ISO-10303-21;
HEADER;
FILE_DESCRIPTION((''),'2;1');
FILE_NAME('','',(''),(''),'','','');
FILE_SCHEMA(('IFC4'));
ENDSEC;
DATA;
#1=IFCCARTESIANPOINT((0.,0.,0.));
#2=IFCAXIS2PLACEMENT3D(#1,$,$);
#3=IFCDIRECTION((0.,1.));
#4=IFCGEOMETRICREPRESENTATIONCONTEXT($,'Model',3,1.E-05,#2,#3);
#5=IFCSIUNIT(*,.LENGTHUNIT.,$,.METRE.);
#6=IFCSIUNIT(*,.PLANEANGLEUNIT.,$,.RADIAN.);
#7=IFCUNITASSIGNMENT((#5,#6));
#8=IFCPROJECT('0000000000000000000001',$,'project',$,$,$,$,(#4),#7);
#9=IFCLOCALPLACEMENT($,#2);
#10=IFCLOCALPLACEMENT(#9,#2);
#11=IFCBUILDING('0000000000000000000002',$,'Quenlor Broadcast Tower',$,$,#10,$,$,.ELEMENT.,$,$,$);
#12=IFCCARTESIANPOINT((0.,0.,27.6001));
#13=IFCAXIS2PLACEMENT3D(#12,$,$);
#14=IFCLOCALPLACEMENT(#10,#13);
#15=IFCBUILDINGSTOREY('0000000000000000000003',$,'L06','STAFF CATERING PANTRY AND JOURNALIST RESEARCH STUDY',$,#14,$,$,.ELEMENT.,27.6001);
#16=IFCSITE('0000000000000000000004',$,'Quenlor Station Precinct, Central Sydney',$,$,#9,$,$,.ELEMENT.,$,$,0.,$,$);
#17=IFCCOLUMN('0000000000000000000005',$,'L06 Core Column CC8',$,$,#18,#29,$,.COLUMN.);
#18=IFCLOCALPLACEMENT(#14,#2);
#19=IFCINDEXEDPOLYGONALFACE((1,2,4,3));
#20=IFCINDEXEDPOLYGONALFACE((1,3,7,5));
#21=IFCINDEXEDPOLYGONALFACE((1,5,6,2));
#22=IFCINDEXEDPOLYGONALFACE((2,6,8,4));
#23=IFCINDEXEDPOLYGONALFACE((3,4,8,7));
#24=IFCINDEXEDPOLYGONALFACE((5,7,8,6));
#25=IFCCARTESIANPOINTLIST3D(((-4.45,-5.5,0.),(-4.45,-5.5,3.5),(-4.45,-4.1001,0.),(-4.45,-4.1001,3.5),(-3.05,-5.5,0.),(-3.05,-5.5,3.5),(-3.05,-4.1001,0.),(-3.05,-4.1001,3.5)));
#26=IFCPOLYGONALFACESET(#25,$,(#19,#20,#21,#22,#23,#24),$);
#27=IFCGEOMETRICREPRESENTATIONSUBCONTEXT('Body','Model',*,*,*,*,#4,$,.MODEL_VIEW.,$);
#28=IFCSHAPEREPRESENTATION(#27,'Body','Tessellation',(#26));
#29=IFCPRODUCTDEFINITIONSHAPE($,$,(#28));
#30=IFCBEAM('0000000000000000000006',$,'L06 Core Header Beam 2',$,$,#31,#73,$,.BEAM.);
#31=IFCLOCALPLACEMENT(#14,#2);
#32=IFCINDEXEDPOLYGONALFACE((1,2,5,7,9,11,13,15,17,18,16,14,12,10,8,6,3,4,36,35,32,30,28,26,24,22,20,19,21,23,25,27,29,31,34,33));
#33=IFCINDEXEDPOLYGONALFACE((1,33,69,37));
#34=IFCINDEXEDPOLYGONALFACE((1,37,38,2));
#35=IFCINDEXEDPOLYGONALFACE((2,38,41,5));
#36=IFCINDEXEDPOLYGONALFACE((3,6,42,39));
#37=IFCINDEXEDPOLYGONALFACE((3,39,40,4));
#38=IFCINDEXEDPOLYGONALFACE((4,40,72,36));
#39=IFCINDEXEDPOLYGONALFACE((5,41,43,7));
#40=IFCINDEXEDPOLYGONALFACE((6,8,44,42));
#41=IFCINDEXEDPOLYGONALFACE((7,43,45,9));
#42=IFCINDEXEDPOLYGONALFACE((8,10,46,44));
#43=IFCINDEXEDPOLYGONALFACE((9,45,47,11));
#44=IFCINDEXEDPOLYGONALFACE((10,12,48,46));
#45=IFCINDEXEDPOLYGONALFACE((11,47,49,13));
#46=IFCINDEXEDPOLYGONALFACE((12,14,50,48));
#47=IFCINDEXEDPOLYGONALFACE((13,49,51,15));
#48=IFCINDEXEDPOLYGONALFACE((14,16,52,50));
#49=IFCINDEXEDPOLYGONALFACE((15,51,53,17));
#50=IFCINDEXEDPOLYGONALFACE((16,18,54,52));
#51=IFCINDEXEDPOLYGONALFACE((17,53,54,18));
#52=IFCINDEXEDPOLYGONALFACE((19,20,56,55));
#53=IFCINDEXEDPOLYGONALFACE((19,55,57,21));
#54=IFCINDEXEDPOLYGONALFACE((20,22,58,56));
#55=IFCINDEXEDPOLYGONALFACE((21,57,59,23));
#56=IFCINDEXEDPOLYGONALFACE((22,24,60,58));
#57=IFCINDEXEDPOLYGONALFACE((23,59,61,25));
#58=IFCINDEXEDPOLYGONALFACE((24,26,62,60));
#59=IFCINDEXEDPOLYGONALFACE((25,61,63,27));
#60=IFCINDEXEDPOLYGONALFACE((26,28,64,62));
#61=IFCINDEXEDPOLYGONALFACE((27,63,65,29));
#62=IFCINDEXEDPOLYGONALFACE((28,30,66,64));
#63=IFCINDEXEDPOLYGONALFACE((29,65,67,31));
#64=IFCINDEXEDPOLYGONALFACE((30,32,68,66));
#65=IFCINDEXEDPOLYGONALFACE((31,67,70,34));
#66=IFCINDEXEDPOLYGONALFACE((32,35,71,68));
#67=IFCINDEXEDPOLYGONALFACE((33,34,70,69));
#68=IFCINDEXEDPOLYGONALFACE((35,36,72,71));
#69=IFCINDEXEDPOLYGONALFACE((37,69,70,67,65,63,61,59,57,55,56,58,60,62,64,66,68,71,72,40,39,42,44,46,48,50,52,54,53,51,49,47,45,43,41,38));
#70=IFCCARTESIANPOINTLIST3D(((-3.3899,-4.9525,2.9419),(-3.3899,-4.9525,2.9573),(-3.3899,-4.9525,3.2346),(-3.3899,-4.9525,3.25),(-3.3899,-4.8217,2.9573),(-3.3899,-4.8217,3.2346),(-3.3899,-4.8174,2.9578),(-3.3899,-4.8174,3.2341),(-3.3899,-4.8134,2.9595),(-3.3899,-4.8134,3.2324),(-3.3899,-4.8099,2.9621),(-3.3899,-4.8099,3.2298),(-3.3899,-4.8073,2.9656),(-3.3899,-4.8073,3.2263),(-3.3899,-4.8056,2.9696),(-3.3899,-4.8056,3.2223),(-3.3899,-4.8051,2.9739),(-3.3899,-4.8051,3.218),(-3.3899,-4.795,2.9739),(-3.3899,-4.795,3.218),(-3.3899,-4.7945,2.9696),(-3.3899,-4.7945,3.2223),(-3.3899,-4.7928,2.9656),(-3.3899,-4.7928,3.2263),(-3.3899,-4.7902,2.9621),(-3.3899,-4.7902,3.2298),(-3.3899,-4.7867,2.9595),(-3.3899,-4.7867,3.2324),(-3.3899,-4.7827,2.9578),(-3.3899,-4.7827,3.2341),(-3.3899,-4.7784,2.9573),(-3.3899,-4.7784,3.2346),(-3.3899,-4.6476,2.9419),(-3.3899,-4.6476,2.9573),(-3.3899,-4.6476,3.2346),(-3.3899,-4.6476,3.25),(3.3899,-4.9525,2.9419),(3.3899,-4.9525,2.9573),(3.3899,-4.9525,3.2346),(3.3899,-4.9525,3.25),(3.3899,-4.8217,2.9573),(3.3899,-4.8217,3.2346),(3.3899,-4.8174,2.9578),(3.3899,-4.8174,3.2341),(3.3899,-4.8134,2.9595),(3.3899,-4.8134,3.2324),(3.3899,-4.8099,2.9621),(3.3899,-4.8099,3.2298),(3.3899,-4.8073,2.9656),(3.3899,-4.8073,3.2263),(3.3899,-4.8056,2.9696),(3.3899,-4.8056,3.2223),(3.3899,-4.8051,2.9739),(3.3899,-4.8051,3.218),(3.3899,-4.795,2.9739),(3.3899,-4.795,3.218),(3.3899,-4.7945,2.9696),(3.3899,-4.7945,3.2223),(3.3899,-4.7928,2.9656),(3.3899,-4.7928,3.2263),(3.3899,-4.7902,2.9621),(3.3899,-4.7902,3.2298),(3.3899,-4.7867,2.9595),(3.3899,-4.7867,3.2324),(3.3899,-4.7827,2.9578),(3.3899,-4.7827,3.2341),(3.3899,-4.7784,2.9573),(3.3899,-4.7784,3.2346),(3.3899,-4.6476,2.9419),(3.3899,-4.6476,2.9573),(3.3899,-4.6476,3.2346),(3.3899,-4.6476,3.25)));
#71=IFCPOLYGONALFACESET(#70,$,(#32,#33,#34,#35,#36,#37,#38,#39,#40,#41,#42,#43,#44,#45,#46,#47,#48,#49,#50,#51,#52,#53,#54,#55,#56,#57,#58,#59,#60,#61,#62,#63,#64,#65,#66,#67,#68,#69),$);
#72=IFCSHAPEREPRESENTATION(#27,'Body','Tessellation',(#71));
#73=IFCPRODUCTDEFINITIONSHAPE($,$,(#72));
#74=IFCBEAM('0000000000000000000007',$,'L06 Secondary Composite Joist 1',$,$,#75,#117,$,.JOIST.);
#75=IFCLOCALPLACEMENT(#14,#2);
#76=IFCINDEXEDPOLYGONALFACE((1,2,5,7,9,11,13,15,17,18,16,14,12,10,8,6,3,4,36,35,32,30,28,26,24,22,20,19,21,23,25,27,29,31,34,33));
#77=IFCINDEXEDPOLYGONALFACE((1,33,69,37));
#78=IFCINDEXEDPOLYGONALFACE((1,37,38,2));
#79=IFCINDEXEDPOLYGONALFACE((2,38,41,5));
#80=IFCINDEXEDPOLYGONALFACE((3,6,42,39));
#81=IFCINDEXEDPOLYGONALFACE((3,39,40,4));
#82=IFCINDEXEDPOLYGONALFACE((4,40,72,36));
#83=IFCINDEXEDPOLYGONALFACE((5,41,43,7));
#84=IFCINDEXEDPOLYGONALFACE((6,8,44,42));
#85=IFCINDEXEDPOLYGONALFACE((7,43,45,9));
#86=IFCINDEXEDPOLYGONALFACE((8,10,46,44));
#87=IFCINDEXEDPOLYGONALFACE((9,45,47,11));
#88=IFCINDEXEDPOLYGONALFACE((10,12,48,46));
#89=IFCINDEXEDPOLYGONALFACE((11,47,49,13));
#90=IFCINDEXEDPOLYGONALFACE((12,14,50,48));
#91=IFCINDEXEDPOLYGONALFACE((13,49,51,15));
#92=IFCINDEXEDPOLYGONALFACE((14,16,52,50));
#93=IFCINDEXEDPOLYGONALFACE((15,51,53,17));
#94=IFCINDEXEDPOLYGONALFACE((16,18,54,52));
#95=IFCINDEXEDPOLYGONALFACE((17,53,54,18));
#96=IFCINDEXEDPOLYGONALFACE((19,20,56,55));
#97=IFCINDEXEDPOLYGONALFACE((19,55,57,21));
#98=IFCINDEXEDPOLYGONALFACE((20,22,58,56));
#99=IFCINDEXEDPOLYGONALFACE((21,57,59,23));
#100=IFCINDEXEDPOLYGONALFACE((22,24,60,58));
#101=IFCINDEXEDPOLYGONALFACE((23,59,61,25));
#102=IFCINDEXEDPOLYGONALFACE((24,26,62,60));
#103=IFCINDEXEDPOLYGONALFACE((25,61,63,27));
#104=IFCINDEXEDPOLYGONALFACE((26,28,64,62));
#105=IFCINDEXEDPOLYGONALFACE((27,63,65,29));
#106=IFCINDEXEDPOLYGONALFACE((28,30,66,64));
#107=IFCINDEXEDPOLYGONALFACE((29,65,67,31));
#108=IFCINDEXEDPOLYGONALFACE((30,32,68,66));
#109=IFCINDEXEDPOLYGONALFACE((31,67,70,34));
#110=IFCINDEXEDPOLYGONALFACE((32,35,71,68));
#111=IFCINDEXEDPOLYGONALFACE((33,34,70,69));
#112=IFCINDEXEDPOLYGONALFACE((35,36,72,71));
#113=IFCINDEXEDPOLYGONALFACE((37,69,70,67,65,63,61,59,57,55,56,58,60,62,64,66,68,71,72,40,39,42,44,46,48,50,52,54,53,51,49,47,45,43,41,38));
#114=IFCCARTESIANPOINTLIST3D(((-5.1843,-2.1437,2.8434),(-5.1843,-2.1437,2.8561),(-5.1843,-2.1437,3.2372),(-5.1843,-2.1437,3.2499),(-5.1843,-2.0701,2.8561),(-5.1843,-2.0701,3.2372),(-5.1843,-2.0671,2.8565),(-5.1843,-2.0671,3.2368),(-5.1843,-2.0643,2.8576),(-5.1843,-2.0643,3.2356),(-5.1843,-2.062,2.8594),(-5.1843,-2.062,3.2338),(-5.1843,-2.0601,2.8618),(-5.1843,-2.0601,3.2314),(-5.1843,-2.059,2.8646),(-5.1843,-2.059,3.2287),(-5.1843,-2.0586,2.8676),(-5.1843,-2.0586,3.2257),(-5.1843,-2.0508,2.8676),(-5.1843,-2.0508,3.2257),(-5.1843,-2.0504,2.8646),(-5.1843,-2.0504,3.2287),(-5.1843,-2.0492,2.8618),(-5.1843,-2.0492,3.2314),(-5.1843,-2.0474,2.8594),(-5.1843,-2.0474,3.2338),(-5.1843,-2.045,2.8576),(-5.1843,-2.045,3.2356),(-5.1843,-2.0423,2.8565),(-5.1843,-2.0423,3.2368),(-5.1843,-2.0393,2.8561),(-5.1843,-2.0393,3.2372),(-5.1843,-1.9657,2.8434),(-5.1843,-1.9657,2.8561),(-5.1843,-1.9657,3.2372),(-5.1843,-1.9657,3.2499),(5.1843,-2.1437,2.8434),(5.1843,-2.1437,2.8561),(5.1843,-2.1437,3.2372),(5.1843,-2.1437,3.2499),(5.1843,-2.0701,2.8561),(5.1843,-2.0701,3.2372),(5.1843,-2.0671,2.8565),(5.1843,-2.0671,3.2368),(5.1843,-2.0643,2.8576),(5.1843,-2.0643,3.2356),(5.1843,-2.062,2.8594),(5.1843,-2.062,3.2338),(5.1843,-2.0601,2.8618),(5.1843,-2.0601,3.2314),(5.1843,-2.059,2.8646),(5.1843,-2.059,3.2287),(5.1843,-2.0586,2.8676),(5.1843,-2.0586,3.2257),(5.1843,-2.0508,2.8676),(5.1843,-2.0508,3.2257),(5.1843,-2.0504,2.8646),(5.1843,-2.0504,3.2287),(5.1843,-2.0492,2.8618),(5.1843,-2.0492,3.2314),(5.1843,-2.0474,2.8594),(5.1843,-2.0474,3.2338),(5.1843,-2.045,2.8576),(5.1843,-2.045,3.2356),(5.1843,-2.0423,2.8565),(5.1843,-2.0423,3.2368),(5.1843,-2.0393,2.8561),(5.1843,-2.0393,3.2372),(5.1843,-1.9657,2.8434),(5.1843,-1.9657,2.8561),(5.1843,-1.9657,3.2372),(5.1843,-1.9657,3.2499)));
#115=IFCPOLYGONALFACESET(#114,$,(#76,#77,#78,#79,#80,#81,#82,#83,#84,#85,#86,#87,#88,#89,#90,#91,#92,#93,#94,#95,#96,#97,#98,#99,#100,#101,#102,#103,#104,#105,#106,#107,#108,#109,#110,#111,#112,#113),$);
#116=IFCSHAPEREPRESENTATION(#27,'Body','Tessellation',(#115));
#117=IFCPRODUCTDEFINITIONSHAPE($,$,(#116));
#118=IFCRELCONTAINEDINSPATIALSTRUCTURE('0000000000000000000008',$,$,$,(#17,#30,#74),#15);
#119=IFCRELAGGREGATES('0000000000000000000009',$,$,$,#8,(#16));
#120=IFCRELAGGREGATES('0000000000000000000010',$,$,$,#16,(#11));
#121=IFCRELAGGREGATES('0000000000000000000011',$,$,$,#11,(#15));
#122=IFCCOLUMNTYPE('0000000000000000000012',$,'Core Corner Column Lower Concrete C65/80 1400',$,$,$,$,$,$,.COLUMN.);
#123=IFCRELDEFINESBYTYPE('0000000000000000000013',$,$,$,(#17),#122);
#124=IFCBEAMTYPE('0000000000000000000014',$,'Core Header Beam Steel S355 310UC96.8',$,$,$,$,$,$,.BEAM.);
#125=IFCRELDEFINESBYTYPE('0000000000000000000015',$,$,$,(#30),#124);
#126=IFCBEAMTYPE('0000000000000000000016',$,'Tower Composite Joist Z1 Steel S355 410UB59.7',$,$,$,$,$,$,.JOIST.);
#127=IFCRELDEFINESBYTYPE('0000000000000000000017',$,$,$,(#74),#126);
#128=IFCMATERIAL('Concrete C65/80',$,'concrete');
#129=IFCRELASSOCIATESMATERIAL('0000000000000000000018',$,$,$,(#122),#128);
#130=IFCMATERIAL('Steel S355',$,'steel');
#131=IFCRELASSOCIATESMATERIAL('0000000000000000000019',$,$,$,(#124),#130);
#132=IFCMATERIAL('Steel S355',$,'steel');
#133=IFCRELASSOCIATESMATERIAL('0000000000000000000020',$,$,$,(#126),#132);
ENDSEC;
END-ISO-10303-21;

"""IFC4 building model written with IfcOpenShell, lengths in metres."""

from ifc_helpers import new_model, si_unit, direction, frame, origin, origin_2d, place, context, subcontext, project, spatial, rectangle, i_section, extrude, material, material_profile, profile_set, type_object, element, save


model = new_model("IFC4")

# Units and contexts
model_context = context("Model", 3, precision=1e-05, world=origin(), true_north=direction((0.0, 1.0)))
body_context = subcontext(model_context, "Body", "Model", "MODEL_VIEW")
ifc_project = project(units=[si_unit("LENGTHUNIT", "METRE"), si_unit("PLANEANGLEUNIT", "RADIAN")], contexts=[model_context])

# Site, building, storey
site_placement = place(None, origin())
site = spatial("IfcSite", under=ifc_project, at=site_placement, Name="Quenlor Station Precinct, Central Sydney", CompositionType="ELEMENT", RefElevation=0.0)
building_placement = place(site_placement, origin())
building = spatial("IfcBuilding", under=site, at=building_placement, Name="Quenlor Broadcast Tower", CompositionType="ELEMENT")
storey_placement = place(building_placement, frame((0.0, 0.0, 27.6001)))
storey = spatial("IfcBuildingStorey", under=building, at=storey_placement, Name="L06", Description="STAFF CATERING PANTRY AND JOURNALIST RESEARCH STUDY", CompositionType="ELEMENT", Elevation=27.6001)

# Column
ifc_material_1 = material(Name="Concrete C65/80", Category="concrete")
ifc_material_profile_1 = material_profile(ifc_material_1, rectangle(XDim=1.3999, YDim=1.3999, at=origin_2d()))
ifc_profile_set_1 = profile_set([ifc_material_profile_1], Name="Concrete C65/80 RC1400x1400")
column_type = type_object("IfcColumnType", Name="Core Corner Column Lower Concrete C65/80 1400", PredefinedType="COLUMN", material=ifc_profile_set_1)
column_placement = place(storey_placement, frame((-3.75, -4.8, 0.0), z_axis=(0.0, 0.0, 1.0), x_axis=(1.0, 0.0, 0.0)))
element("IfcColumn", 1, at=column_placement, inside=storey, type_object=column_type, Name="L06 Core Column CC8", PredefinedType="COLUMN", context=body_context, shape_type="SweptSolid", body=[
    extrude(rectangle(XDim=1.3999, YDim=1.3999, at=origin_2d()), origin(), (0.0, 0.0, 1.0), 3.5),
])

# Beams
ifc_material_2 = material(Name="Steel S355", Category="steel")
ifc_material_profile_2 = material_profile(ifc_material_2, i_section(OverallWidth=0.3049, OverallDepth=0.3081, WebThickness=0.01, FlangeThickness=0.0154, FilletRadius=0.0166, at=origin_2d()))
ifc_profile_set_2 = profile_set([ifc_material_profile_2], Name="Steel S355 310UC96.8")
beam_type_1 = type_object("IfcBeamType", Name="Core Header Beam Steel S355 310UC96.8", PredefinedType="BEAM", material=ifc_profile_set_2)
beam_1_placement = place(storey_placement, frame((-3.3899, -4.8, 3.0959), z_axis=(1.0, 0.0, 0.0), x_axis=(0.0, 1.0, 0.0)))
element("IfcBeam", 2, at=beam_1_placement, inside=storey, type_object=beam_type_1, Name="L06 Core Header Beam 2", PredefinedType="BEAM", context=body_context, shape_type="SweptSolid", body=[
    extrude(i_section(OverallWidth=0.3049, OverallDepth=0.3081, WebThickness=0.01, FlangeThickness=0.0154, FilletRadius=0.0166, at=origin_2d()), origin(), (0.0, 0.0, 1.0), 6.7798),
])
ifc_material_3 = material(Name="Steel S355", Category="steel")
ifc_material_profile_3 = material_profile(ifc_material_3, i_section(OverallWidth=0.178, OverallDepth=0.4065, WebThickness=0.0078, FlangeThickness=0.0127, FilletRadius=0.0115, at=origin_2d()))
ifc_profile_set_3 = profile_set([ifc_material_profile_3], Name="Steel S355 410UB59.7")
beam_type_2 = type_object("IfcBeamType", Name="Tower Composite Joist Z1 Steel S355 410UB59.7", PredefinedType="JOIST", material=ifc_profile_set_3)
beam_2_placement = place(storey_placement, frame((-5.1843, -2.0547, 3.0466), z_axis=(1.0, 0.0, 0.0), x_axis=(0.0, 1.0, 0.0)))
element("IfcBeam", 3, at=beam_2_placement, inside=storey, type_object=beam_type_2, Name="L06 Secondary Composite Joist 1", PredefinedType="JOIST", context=body_context, shape_type="SweptSolid", body=[
    extrude(i_section(OverallWidth=0.178, OverallDepth=0.4065, WebThickness=0.0078, FlangeThickness=0.0127, FilletRadius=0.0115, at=origin_2d()), origin(), (0.0, 0.0, 1.0), 10.3687),
])

save(model, "model.ifc")
